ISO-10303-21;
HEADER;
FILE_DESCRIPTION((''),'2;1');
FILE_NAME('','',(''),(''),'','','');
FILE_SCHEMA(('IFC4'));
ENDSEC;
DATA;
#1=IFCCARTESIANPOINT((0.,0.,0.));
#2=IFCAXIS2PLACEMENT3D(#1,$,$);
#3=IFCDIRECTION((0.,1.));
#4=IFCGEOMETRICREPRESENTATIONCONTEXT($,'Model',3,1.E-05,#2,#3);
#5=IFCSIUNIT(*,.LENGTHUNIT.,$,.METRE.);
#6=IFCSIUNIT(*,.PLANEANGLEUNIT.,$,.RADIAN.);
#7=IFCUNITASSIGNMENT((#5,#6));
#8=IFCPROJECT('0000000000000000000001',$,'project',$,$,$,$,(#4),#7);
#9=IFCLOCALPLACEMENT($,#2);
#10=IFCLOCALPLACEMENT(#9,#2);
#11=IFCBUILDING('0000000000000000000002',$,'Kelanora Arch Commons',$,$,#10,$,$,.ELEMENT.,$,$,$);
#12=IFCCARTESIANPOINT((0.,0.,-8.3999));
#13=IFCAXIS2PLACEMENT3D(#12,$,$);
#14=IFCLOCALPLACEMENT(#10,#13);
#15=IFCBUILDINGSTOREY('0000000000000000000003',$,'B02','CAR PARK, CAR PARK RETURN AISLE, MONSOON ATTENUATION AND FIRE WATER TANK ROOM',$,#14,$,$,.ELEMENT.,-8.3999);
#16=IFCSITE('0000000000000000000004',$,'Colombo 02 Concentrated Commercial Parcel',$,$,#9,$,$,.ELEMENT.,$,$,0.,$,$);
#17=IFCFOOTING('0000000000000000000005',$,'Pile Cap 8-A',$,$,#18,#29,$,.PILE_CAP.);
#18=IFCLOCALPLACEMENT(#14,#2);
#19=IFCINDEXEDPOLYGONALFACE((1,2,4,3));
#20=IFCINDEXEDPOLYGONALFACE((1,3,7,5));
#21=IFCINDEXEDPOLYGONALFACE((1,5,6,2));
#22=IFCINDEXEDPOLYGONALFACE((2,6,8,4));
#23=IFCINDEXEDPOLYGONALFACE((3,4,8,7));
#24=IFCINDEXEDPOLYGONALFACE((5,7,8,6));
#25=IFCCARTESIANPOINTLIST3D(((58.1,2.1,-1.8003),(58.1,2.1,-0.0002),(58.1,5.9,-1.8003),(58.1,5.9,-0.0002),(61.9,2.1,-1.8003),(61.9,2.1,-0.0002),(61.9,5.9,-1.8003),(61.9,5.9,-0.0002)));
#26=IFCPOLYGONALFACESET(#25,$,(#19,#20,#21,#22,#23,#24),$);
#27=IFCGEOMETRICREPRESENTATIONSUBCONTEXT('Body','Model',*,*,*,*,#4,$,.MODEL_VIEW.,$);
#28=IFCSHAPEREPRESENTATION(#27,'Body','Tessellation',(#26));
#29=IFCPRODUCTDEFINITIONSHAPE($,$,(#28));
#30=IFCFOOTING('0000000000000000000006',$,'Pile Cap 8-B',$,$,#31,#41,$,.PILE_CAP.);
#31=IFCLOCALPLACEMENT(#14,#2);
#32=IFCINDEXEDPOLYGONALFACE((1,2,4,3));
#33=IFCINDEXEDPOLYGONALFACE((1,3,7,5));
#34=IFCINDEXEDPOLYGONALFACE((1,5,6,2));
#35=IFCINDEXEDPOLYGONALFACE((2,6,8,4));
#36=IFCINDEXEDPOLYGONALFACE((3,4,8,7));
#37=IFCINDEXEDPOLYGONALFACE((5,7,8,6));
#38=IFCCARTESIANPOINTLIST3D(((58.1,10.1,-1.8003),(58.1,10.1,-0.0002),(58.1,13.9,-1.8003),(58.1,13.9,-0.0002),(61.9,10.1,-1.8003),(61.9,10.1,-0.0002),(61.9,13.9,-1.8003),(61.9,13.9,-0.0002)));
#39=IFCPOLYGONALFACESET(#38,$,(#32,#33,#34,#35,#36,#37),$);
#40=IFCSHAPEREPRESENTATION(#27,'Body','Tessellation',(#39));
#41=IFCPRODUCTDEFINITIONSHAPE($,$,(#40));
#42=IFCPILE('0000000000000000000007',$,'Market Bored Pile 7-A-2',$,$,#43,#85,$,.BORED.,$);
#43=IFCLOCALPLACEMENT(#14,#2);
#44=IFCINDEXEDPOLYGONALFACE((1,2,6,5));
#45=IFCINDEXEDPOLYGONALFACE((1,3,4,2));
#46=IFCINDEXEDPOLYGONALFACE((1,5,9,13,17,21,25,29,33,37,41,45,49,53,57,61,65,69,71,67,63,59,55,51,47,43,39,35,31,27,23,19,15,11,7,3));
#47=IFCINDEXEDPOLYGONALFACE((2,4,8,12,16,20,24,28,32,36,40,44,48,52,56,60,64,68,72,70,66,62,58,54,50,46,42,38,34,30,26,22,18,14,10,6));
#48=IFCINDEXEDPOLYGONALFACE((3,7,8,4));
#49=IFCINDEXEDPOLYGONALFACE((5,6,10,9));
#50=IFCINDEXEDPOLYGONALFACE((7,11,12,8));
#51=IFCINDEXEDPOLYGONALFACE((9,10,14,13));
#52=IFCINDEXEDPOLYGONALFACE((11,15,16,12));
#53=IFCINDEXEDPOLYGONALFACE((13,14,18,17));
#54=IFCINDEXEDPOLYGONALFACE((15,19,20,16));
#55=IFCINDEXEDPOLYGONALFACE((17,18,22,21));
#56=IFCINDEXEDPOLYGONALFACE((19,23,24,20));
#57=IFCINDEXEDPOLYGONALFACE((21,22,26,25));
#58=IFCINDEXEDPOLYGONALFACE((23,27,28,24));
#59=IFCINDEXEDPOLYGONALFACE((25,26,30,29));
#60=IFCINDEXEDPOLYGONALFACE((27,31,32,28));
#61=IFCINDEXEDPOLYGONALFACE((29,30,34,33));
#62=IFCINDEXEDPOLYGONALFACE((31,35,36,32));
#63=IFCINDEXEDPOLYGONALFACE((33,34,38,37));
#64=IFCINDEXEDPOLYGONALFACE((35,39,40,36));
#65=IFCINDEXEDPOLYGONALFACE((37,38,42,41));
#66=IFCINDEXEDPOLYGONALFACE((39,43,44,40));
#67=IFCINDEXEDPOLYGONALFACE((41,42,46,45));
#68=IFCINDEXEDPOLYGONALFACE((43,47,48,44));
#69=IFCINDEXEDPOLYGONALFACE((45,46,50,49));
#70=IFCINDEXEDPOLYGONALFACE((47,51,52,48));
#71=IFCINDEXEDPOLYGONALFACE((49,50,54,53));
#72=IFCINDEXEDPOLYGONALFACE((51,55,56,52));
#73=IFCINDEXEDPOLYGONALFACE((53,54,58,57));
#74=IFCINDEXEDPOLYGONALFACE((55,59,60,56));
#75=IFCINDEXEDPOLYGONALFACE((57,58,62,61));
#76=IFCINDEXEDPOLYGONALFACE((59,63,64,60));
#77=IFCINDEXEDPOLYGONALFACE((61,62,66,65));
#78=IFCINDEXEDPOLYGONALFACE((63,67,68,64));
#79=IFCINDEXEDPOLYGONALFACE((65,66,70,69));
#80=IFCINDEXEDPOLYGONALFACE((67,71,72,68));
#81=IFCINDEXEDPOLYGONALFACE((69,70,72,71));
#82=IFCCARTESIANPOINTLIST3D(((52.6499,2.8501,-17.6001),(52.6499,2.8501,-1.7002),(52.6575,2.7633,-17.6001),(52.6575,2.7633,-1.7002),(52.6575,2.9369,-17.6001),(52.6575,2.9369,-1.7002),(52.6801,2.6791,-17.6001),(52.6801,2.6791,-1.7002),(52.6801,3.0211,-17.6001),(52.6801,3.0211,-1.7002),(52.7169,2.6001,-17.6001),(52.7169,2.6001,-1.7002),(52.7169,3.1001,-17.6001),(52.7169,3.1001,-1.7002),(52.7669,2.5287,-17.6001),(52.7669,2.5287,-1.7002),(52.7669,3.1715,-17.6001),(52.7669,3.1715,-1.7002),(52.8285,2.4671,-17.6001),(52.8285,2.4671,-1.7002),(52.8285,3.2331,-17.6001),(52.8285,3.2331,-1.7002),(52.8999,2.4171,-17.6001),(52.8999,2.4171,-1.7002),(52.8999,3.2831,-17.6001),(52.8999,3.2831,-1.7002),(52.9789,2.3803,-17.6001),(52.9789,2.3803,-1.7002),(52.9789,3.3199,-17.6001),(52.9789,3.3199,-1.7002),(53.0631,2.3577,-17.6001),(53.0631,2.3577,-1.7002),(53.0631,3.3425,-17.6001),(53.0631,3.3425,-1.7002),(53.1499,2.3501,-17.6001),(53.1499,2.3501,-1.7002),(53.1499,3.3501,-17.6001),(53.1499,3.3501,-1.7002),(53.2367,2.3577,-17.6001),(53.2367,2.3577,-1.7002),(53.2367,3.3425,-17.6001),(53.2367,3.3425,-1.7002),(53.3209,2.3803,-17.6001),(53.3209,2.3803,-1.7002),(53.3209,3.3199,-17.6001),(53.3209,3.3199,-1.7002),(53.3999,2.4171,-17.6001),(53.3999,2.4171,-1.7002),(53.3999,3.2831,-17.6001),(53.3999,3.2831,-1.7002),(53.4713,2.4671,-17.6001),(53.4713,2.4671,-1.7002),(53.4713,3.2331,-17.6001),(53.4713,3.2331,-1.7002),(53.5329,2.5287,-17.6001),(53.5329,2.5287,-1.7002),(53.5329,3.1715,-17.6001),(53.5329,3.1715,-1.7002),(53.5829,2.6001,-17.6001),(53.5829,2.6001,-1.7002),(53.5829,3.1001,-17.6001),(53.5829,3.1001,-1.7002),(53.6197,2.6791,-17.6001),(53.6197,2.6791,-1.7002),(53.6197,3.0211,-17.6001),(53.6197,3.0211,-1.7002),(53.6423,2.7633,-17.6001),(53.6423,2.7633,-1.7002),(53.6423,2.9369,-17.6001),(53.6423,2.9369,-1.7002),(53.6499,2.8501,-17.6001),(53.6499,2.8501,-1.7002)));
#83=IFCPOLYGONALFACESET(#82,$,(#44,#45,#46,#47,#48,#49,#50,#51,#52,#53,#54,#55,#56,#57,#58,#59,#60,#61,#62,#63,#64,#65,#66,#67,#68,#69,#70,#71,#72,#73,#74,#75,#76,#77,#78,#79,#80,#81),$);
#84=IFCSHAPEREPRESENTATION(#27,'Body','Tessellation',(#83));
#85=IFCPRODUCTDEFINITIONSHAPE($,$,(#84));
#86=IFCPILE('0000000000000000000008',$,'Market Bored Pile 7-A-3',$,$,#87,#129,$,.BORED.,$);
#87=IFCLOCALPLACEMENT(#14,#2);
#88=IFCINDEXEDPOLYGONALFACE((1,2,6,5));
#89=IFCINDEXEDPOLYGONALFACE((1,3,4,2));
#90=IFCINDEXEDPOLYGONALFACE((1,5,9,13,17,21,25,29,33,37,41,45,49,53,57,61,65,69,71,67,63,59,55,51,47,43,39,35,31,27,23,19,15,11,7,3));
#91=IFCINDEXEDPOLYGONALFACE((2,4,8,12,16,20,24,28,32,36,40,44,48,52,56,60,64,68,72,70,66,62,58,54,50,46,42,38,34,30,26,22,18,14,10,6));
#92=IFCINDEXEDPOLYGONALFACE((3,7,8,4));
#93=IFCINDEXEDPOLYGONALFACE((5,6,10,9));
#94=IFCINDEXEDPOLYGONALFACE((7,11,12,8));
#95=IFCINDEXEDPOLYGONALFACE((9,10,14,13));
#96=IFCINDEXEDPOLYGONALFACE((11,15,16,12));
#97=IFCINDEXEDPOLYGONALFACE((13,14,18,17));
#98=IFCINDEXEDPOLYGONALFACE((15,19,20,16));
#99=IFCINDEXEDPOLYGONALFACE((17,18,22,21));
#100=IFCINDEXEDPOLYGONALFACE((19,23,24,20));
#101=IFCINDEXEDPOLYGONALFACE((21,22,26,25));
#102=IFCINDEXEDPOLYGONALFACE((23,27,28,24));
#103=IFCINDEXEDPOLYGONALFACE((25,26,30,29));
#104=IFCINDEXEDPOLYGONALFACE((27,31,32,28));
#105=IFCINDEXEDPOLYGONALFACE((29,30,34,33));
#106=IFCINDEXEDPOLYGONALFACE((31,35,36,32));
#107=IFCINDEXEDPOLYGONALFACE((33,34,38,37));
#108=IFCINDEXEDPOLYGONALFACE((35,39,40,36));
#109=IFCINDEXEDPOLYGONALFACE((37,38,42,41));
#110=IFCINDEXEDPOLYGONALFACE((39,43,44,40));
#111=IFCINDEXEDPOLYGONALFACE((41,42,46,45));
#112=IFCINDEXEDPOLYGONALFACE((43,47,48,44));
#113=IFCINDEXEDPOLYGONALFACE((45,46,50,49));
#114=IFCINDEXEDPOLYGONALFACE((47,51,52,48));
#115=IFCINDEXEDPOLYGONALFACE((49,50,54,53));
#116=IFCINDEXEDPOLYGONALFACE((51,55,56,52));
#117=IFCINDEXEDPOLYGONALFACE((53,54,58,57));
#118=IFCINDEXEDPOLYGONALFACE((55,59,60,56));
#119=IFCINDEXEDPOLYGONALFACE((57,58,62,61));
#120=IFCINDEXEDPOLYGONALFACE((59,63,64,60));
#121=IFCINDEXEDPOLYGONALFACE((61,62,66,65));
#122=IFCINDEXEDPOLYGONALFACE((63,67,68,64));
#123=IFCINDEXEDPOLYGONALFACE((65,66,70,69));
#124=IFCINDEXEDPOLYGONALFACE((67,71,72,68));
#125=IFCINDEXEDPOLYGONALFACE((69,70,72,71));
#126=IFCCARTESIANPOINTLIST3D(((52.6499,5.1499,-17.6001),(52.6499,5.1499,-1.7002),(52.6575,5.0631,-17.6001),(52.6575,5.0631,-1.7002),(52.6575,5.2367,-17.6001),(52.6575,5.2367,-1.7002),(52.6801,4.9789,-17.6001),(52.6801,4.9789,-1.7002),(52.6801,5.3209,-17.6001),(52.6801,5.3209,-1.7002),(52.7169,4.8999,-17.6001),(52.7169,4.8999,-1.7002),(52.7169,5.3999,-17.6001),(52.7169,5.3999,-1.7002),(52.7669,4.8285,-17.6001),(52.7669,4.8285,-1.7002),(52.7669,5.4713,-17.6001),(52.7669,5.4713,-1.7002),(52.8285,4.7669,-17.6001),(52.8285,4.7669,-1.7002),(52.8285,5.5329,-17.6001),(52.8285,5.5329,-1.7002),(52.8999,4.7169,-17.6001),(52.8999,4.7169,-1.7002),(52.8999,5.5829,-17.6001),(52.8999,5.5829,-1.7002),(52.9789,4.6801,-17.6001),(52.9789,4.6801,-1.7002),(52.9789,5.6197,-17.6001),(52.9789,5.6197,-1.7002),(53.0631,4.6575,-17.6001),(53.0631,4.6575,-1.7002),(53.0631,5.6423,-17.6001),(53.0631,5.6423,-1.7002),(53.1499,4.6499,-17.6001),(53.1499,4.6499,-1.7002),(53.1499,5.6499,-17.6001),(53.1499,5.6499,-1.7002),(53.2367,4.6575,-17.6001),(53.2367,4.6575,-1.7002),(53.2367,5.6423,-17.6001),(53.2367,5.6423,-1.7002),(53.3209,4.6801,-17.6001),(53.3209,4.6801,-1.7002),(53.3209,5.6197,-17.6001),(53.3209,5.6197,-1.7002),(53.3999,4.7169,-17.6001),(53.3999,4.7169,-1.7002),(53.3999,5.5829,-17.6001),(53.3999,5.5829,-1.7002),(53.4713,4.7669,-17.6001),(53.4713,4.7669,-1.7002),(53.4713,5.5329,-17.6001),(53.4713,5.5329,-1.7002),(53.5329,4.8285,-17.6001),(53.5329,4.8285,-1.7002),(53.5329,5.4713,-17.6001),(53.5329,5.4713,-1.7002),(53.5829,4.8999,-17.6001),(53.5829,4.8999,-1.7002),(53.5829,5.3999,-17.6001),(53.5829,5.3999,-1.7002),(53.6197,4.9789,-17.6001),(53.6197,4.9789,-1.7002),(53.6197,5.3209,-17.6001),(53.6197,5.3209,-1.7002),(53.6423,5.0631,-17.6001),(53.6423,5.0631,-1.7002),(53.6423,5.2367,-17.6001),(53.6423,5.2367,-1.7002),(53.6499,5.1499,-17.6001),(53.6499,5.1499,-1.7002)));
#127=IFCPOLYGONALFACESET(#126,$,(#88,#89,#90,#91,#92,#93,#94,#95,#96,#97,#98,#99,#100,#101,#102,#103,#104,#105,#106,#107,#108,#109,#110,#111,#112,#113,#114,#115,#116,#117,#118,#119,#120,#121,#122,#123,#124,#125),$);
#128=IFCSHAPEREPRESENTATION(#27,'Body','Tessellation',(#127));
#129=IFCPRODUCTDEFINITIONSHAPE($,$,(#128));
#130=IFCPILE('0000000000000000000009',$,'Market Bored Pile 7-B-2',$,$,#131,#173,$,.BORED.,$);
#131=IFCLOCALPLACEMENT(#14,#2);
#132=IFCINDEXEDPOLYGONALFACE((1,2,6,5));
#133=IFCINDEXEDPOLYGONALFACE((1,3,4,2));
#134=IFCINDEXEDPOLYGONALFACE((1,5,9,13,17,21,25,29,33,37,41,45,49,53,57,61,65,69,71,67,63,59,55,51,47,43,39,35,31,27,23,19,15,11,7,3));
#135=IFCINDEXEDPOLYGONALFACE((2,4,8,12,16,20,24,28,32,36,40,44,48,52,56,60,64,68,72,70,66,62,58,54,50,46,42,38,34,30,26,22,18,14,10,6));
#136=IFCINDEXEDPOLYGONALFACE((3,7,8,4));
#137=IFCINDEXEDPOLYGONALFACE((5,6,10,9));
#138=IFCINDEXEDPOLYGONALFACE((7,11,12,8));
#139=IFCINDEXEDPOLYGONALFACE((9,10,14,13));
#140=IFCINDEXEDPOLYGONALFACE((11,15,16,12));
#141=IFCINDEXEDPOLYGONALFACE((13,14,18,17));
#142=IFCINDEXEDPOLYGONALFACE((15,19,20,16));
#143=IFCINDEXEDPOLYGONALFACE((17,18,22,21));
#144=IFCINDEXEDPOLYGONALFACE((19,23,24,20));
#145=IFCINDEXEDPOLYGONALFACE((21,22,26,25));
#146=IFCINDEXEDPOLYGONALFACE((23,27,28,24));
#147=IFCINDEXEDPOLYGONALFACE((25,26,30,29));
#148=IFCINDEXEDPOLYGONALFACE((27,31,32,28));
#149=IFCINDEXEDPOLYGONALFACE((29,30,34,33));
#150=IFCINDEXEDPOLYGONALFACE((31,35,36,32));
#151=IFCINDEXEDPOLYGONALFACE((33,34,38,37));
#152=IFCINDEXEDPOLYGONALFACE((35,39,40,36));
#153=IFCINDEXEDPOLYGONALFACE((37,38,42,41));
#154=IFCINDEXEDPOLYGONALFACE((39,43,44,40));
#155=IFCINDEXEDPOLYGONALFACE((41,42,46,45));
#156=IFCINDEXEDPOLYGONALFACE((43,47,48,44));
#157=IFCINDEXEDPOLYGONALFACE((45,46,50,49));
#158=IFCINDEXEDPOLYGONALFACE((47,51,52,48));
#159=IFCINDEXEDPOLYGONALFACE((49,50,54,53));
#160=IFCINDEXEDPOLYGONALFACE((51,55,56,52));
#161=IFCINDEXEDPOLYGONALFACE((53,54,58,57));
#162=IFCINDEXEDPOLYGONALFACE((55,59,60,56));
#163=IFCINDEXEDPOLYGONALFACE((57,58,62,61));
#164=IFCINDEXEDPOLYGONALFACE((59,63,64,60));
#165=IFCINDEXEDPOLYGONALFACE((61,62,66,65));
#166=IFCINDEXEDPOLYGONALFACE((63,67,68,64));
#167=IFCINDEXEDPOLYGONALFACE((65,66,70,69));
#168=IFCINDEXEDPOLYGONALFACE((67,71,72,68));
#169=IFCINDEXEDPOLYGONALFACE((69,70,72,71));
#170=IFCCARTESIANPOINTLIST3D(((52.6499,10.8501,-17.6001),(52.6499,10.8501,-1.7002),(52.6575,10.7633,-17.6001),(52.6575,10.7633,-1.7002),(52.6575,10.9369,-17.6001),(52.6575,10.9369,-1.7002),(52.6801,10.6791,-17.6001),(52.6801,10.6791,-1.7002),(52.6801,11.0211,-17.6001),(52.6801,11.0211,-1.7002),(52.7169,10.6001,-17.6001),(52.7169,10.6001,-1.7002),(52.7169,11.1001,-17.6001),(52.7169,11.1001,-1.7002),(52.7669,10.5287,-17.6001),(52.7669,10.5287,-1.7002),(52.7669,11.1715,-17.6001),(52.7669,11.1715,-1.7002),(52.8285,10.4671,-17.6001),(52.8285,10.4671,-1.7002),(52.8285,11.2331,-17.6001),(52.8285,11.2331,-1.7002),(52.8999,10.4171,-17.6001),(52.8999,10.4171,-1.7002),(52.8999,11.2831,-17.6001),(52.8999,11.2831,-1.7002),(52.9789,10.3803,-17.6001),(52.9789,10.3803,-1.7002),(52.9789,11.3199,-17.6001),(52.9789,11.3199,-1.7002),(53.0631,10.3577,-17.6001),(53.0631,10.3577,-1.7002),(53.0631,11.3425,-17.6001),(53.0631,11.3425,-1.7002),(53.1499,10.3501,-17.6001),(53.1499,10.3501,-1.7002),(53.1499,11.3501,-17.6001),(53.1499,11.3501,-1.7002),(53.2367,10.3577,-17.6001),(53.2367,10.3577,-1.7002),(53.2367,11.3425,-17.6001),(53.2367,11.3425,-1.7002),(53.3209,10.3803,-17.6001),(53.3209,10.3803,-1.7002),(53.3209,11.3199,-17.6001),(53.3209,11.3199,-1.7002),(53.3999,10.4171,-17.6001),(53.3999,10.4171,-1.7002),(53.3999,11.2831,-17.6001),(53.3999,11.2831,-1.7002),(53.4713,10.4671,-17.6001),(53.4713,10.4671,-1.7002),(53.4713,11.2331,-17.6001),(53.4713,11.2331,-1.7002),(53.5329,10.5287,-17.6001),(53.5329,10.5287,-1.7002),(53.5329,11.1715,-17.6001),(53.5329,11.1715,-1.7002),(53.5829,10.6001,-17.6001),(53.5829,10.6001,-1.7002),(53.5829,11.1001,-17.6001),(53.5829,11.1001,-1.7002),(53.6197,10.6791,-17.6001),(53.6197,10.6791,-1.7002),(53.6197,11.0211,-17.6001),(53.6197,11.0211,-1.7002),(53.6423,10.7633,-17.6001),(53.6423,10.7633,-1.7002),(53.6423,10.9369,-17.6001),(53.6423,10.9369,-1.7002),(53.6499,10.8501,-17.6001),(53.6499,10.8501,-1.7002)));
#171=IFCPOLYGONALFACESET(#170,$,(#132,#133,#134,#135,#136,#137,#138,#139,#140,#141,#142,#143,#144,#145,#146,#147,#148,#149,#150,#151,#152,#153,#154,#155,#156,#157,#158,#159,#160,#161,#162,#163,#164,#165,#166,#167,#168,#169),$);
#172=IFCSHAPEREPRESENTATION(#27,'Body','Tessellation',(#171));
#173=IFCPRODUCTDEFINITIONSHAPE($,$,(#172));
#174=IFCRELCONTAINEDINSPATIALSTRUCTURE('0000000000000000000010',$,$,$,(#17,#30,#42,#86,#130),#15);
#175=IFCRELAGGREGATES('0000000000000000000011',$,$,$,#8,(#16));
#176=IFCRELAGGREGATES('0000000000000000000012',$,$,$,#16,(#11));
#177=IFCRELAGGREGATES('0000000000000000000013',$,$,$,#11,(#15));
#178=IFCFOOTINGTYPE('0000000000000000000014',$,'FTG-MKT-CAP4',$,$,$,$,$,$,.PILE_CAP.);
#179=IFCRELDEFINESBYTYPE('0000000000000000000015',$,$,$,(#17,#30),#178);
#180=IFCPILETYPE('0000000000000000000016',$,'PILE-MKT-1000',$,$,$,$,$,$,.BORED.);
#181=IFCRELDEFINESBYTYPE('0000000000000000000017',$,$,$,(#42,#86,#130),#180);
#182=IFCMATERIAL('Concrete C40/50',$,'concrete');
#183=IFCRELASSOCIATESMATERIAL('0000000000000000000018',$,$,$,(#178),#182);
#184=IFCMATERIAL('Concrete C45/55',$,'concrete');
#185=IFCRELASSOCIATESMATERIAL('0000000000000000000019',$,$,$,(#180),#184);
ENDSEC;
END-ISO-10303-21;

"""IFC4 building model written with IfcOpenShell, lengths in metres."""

from ifc_helpers import new_model, si_unit, direction, frame, origin, origin_2d, place, context, subcontext, project, spatial, rectangle, circle, extrude, source, transform, mapped, material, material_profile, profile_set, type_object, element, save


model = new_model("IFC4")

# Units and contexts
model_context = context("Model", 3, precision=1e-05, world=origin(), true_north=direction((0.0, 1.0)))
body_context = subcontext(model_context, "Body", "Model", "MODEL_VIEW")
ifc_project = project(units=[si_unit("LENGTHUNIT", "METRE"), si_unit("PLANEANGLEUNIT", "RADIAN")], contexts=[model_context])

# Site, building, storey
site_placement = place(None, origin())
site = spatial("IfcSite", under=ifc_project, at=site_placement, Name="Colombo 02 Concentrated Commercial Parcel", CompositionType="ELEMENT", RefElevation=0.0)
building_placement = place(site_placement, origin())
building = spatial("IfcBuilding", under=site, at=building_placement, Name="Kelanora Arch Commons", CompositionType="ELEMENT")
storey_placement = place(building_placement, frame((0.0, 0.0, -8.3999)))
storey = spatial("IfcBuildingStorey", under=building, at=storey_placement, Name="B02", Description="CAR PARK, CAR PARK RETURN AISLE, MONSOON ATTENUATION AND FIRE WATER TANK ROOM", CompositionType="ELEMENT", Elevation=-8.3999)

# Footings
ifc_material_1 = material(Name="Concrete C40/50", Category="concrete")
footing_type_1 = type_object("IfcFootingType", Name="FTG-MKT-CAP4", PredefinedType="PILE_CAP", material=ifc_material_1)
shared_shape_1 = source(origin(), body_context, "Body", "SweptSolid", [
    extrude(rectangle(XDim=3.8, YDim=3.8, at=origin_2d()), origin(), (0.0, 0.0, 1.0), 1.8),
])
for number, where, z_axis, x_axis, name in (
    (1, (60.0, 4.0, -1.8003), (0.0, 0.0, 1.0), (1.0, 0.0, 0.0), "Pile Cap 8-A"),
    (2, (60.0, 12.0, -1.8003), (0.0, 0.0, 1.0), (1.0, 0.0, 0.0), "Pile Cap 8-B"),
):
    element("IfcFooting", number, at=place(storey_placement, frame(where, z_axis=z_axis, x_axis=x_axis)), inside=storey, type_object=footing_type_1, Name=name, PredefinedType="PILE_CAP", context=body_context, shape_type="MappedRepresentation", body=[
        mapped(shared_shape_1, transform((0.0, 0.0, 0.0), scale=1.0)),
    ])

# Piles
ifc_material_2 = material(Name="Concrete C45/55", Category="concrete")
ifc_material_profile_1 = material_profile(ifc_material_2, circle(Radius=0.5, at=origin_2d()), Name="PILE1000")
ifc_profile_set_1 = profile_set([ifc_material_profile_1], Name="Concrete C45/55")
pile_type = type_object("IfcPileType", Name="PILE-MKT-1000", PredefinedType="BORED", material=ifc_profile_set_1)
shared_shape_2 = source(origin(), body_context, "Body", "SweptSolid", [
    extrude(circle(Radius=0.5, at=origin_2d()), origin(), (0.0, 0.0, 1.0), 15.8999),
])
for number, where, z_axis, x_axis, name in (
    (3, (53.1499, 2.8501, -1.7002), (0.0, 0.0, -1.0), (1.0, 0.0, 0.0), "Market Bored Pile 7-A-2"),
    (4, (53.1499, 5.1499, -1.7002), (0.0, 0.0, -1.0), (1.0, 0.0, 0.0), "Market Bored Pile 7-A-3"),
    (5, (53.1499, 10.8501, -1.7002), (0.0, 0.0, -1.0), (1.0, 0.0, 0.0), "Market Bored Pile 7-B-2"),
):
    element("IfcPile", number, at=place(storey_placement, frame(where, z_axis=z_axis, x_axis=x_axis)), inside=storey, type_object=pile_type, Name=name, PredefinedType="BORED", context=body_context, shape_type="MappedRepresentation", body=[
        mapped(shared_shape_2, transform((0.0, 0.0, 0.0), scale=1.0)),
    ])

save(model, "model.ifc")
